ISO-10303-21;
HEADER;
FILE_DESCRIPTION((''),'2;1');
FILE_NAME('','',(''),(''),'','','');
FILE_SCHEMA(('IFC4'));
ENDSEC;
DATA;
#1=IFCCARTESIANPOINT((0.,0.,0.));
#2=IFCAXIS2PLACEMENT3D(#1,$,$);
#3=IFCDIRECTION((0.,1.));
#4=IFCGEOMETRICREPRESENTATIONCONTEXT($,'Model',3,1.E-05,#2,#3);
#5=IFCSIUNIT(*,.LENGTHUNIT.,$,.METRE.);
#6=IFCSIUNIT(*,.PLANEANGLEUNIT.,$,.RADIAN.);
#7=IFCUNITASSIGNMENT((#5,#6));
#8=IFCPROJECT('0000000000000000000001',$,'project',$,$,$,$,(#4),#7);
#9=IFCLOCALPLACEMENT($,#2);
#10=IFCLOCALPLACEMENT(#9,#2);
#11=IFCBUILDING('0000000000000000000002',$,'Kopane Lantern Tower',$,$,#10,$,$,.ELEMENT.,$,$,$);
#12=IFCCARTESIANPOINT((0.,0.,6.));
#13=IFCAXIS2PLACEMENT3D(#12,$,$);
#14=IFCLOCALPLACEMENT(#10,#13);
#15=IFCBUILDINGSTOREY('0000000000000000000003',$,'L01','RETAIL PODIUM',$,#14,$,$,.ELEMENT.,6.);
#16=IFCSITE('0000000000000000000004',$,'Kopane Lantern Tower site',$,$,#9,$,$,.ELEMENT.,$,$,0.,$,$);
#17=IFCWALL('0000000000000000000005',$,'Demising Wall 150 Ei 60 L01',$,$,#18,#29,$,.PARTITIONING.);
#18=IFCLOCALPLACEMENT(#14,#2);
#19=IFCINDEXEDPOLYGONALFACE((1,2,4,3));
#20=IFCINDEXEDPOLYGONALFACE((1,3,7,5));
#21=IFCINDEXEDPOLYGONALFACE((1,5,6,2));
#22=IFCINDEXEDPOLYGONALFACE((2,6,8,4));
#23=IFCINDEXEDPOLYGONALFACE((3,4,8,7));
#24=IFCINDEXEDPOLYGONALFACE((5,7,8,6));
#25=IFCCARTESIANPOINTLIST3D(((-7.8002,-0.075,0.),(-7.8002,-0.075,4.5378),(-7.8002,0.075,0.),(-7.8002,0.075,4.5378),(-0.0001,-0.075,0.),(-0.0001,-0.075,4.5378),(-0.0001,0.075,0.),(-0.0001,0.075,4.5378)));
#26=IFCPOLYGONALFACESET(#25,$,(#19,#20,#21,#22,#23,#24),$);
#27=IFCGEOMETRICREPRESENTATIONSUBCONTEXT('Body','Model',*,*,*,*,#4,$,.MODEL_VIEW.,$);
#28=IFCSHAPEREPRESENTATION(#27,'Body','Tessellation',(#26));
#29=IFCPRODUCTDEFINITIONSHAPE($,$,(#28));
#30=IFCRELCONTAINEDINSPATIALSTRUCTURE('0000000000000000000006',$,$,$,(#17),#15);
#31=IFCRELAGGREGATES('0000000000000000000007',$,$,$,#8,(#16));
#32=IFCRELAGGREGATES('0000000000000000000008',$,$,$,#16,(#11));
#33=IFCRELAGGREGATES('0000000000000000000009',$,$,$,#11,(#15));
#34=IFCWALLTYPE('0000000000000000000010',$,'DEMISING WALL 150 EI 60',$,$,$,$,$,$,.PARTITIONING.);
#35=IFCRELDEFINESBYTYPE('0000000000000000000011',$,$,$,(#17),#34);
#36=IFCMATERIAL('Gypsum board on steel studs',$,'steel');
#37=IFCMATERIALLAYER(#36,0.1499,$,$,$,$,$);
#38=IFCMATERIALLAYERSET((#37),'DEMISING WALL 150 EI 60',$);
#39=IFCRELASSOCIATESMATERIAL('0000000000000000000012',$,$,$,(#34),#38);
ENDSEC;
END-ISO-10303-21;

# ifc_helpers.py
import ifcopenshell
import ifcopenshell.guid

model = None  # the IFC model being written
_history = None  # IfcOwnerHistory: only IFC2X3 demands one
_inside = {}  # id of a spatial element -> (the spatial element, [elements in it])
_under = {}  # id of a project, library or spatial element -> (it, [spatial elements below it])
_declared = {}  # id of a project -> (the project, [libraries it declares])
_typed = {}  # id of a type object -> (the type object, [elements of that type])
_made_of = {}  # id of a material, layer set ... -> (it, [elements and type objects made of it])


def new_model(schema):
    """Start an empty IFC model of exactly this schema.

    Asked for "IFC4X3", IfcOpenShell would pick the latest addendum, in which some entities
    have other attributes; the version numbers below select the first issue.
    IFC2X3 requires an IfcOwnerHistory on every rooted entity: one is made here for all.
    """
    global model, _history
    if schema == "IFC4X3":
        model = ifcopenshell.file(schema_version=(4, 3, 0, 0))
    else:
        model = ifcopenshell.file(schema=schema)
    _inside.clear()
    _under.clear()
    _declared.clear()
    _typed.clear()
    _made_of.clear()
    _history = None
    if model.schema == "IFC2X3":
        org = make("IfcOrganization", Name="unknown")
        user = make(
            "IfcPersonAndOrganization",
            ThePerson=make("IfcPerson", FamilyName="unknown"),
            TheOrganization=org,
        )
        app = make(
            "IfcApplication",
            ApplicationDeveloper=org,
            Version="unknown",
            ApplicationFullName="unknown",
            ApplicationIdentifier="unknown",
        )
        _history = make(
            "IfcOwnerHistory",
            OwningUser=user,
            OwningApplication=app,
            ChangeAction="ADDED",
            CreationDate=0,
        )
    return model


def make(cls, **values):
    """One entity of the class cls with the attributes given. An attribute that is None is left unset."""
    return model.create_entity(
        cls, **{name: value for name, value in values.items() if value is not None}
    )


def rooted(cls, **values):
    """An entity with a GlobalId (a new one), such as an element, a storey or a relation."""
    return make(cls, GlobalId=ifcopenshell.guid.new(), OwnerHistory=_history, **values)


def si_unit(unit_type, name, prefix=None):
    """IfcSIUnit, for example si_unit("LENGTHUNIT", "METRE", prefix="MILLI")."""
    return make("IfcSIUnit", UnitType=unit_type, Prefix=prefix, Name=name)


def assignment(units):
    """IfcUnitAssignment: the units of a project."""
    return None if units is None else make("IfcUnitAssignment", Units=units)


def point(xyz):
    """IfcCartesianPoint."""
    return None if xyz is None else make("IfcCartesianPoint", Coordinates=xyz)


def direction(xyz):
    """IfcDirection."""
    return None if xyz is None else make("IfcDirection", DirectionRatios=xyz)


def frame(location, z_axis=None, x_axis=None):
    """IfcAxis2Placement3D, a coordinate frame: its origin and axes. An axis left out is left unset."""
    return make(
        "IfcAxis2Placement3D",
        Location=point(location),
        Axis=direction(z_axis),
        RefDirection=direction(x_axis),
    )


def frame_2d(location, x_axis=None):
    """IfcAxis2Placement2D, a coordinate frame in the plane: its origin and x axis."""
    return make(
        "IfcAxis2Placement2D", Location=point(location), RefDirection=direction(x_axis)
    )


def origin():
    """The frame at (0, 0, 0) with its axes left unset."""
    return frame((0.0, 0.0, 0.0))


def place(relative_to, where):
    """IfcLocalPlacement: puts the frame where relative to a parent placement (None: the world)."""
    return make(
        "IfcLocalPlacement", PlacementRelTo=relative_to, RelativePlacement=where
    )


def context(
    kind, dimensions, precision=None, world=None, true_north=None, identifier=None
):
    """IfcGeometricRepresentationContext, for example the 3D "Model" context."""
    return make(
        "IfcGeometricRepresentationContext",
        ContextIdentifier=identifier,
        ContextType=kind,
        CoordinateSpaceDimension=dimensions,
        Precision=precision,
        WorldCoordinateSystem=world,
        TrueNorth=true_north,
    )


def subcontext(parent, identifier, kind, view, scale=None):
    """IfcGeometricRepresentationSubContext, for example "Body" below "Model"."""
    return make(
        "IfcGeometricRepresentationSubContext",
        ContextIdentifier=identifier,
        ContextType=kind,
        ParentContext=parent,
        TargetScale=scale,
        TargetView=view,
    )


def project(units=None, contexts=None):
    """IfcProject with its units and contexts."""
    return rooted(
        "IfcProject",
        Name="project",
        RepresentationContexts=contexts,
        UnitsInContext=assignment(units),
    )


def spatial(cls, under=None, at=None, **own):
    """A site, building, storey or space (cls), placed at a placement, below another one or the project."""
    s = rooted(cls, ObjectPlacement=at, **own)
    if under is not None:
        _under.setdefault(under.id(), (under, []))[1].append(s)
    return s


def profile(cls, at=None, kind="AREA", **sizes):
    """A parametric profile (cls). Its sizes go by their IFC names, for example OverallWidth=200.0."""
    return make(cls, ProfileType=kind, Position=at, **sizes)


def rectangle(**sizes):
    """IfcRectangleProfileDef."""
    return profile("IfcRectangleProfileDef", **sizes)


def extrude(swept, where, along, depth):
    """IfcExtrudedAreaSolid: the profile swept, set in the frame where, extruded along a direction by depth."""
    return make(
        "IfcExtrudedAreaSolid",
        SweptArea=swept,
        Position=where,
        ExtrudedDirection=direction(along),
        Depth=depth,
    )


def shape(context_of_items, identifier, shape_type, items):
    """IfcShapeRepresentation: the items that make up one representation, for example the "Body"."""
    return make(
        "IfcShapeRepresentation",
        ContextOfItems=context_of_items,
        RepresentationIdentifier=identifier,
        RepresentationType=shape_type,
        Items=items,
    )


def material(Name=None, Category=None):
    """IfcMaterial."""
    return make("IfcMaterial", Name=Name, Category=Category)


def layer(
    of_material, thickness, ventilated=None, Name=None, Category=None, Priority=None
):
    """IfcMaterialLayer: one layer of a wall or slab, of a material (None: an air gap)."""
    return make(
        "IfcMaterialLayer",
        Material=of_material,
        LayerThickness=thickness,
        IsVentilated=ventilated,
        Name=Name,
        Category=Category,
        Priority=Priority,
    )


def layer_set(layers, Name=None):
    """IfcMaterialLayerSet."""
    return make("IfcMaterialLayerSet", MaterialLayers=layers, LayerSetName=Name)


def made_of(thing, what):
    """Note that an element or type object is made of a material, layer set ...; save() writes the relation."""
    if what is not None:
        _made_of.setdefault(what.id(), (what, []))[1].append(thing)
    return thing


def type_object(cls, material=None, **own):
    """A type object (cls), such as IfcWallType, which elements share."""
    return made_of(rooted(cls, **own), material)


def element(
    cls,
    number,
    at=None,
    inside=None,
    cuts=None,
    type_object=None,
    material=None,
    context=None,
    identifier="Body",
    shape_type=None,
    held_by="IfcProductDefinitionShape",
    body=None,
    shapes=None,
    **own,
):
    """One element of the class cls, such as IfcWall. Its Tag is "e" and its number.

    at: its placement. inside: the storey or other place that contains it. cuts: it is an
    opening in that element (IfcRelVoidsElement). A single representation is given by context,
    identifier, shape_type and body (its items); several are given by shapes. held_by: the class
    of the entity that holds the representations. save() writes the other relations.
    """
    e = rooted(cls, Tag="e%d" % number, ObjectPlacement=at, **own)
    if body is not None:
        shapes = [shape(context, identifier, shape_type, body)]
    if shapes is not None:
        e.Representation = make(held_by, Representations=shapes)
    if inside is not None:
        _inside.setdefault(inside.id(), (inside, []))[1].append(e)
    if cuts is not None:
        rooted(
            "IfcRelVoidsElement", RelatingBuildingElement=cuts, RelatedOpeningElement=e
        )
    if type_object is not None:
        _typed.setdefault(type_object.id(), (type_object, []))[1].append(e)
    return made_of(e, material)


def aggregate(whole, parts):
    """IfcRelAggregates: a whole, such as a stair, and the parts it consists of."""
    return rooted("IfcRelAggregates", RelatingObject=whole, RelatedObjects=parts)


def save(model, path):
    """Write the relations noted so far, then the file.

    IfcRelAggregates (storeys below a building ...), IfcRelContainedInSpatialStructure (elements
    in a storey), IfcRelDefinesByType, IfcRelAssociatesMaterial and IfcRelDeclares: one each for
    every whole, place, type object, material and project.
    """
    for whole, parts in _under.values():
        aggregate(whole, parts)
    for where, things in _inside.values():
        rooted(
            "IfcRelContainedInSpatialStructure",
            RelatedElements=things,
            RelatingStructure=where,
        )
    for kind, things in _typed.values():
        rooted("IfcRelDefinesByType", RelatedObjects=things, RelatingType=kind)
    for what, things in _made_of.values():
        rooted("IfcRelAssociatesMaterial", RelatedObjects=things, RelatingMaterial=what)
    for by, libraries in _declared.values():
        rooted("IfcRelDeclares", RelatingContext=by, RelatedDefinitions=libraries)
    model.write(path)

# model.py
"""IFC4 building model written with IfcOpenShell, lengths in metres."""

from ifc_helpers import new_model, si_unit, direction, frame, frame_2d, origin, place, context, subcontext, project, spatial, rectangle, extrude, material, layer, layer_set, type_object, element, save


model = new_model("IFC4")

# Units and contexts
model_context = context("Model", 3, precision=1e-05, world=origin(), true_north=direction((0.0, 1.0)))
body_context = subcontext(model_context, "Body", "Model", "MODEL_VIEW")
ifc_project = project(units=[si_unit("LENGTHUNIT", "METRE"), si_unit("PLANEANGLEUNIT", "RADIAN")], contexts=[model_context])

# Site, building, storey
site_placement = place(None, origin())
site = spatial("IfcSite", under=ifc_project, at=site_placement, Name="Kopane Lantern Tower site", CompositionType="ELEMENT", RefElevation=0.0)
building_placement = place(site_placement, origin())
building = spatial("IfcBuilding", under=site, at=building_placement, Name="Kopane Lantern Tower", CompositionType="ELEMENT")
storey_placement = place(building_placement, frame((0.0, 0.0, 6.0)))
storey = spatial("IfcBuildingStorey", under=building, at=storey_placement, Name="L01", Description="RETAIL PODIUM", CompositionType="ELEMENT", Elevation=6.0)

# Wall
ifc_material_1 = material(Name="Gypsum board on steel studs", Category="steel")
ifc_layer_1 = layer(ifc_material_1, 0.1499)
ifc_layer_set_1 = layer_set([ifc_layer_1], Name="DEMISING WALL 150 EI 60")
wall_type = type_object("IfcWallType", Name="DEMISING WALL 150 EI 60", PredefinedType="PARTITIONING", material=ifc_layer_set_1)
wall_placement = place(storey_placement, frame((-7.8, 0.0, 0.0), z_axis=(0.0, 0.0, 1.0), x_axis=(1.0, 0.0, 0.0)))
element("IfcWall", 1, at=wall_placement, inside=storey, type_object=wall_type, Name="Demising Wall 150 Ei 60 L01", PredefinedType="PARTITIONING", context=body_context, shape_type="SweptSolid", body=[
    extrude(rectangle(XDim=7.8, YDim=0.1499, at=frame_2d((3.8999, 0.0))), origin(), (0.0, 0.0, 1.0), 4.5378),
])

save(model, "model.ifc")
